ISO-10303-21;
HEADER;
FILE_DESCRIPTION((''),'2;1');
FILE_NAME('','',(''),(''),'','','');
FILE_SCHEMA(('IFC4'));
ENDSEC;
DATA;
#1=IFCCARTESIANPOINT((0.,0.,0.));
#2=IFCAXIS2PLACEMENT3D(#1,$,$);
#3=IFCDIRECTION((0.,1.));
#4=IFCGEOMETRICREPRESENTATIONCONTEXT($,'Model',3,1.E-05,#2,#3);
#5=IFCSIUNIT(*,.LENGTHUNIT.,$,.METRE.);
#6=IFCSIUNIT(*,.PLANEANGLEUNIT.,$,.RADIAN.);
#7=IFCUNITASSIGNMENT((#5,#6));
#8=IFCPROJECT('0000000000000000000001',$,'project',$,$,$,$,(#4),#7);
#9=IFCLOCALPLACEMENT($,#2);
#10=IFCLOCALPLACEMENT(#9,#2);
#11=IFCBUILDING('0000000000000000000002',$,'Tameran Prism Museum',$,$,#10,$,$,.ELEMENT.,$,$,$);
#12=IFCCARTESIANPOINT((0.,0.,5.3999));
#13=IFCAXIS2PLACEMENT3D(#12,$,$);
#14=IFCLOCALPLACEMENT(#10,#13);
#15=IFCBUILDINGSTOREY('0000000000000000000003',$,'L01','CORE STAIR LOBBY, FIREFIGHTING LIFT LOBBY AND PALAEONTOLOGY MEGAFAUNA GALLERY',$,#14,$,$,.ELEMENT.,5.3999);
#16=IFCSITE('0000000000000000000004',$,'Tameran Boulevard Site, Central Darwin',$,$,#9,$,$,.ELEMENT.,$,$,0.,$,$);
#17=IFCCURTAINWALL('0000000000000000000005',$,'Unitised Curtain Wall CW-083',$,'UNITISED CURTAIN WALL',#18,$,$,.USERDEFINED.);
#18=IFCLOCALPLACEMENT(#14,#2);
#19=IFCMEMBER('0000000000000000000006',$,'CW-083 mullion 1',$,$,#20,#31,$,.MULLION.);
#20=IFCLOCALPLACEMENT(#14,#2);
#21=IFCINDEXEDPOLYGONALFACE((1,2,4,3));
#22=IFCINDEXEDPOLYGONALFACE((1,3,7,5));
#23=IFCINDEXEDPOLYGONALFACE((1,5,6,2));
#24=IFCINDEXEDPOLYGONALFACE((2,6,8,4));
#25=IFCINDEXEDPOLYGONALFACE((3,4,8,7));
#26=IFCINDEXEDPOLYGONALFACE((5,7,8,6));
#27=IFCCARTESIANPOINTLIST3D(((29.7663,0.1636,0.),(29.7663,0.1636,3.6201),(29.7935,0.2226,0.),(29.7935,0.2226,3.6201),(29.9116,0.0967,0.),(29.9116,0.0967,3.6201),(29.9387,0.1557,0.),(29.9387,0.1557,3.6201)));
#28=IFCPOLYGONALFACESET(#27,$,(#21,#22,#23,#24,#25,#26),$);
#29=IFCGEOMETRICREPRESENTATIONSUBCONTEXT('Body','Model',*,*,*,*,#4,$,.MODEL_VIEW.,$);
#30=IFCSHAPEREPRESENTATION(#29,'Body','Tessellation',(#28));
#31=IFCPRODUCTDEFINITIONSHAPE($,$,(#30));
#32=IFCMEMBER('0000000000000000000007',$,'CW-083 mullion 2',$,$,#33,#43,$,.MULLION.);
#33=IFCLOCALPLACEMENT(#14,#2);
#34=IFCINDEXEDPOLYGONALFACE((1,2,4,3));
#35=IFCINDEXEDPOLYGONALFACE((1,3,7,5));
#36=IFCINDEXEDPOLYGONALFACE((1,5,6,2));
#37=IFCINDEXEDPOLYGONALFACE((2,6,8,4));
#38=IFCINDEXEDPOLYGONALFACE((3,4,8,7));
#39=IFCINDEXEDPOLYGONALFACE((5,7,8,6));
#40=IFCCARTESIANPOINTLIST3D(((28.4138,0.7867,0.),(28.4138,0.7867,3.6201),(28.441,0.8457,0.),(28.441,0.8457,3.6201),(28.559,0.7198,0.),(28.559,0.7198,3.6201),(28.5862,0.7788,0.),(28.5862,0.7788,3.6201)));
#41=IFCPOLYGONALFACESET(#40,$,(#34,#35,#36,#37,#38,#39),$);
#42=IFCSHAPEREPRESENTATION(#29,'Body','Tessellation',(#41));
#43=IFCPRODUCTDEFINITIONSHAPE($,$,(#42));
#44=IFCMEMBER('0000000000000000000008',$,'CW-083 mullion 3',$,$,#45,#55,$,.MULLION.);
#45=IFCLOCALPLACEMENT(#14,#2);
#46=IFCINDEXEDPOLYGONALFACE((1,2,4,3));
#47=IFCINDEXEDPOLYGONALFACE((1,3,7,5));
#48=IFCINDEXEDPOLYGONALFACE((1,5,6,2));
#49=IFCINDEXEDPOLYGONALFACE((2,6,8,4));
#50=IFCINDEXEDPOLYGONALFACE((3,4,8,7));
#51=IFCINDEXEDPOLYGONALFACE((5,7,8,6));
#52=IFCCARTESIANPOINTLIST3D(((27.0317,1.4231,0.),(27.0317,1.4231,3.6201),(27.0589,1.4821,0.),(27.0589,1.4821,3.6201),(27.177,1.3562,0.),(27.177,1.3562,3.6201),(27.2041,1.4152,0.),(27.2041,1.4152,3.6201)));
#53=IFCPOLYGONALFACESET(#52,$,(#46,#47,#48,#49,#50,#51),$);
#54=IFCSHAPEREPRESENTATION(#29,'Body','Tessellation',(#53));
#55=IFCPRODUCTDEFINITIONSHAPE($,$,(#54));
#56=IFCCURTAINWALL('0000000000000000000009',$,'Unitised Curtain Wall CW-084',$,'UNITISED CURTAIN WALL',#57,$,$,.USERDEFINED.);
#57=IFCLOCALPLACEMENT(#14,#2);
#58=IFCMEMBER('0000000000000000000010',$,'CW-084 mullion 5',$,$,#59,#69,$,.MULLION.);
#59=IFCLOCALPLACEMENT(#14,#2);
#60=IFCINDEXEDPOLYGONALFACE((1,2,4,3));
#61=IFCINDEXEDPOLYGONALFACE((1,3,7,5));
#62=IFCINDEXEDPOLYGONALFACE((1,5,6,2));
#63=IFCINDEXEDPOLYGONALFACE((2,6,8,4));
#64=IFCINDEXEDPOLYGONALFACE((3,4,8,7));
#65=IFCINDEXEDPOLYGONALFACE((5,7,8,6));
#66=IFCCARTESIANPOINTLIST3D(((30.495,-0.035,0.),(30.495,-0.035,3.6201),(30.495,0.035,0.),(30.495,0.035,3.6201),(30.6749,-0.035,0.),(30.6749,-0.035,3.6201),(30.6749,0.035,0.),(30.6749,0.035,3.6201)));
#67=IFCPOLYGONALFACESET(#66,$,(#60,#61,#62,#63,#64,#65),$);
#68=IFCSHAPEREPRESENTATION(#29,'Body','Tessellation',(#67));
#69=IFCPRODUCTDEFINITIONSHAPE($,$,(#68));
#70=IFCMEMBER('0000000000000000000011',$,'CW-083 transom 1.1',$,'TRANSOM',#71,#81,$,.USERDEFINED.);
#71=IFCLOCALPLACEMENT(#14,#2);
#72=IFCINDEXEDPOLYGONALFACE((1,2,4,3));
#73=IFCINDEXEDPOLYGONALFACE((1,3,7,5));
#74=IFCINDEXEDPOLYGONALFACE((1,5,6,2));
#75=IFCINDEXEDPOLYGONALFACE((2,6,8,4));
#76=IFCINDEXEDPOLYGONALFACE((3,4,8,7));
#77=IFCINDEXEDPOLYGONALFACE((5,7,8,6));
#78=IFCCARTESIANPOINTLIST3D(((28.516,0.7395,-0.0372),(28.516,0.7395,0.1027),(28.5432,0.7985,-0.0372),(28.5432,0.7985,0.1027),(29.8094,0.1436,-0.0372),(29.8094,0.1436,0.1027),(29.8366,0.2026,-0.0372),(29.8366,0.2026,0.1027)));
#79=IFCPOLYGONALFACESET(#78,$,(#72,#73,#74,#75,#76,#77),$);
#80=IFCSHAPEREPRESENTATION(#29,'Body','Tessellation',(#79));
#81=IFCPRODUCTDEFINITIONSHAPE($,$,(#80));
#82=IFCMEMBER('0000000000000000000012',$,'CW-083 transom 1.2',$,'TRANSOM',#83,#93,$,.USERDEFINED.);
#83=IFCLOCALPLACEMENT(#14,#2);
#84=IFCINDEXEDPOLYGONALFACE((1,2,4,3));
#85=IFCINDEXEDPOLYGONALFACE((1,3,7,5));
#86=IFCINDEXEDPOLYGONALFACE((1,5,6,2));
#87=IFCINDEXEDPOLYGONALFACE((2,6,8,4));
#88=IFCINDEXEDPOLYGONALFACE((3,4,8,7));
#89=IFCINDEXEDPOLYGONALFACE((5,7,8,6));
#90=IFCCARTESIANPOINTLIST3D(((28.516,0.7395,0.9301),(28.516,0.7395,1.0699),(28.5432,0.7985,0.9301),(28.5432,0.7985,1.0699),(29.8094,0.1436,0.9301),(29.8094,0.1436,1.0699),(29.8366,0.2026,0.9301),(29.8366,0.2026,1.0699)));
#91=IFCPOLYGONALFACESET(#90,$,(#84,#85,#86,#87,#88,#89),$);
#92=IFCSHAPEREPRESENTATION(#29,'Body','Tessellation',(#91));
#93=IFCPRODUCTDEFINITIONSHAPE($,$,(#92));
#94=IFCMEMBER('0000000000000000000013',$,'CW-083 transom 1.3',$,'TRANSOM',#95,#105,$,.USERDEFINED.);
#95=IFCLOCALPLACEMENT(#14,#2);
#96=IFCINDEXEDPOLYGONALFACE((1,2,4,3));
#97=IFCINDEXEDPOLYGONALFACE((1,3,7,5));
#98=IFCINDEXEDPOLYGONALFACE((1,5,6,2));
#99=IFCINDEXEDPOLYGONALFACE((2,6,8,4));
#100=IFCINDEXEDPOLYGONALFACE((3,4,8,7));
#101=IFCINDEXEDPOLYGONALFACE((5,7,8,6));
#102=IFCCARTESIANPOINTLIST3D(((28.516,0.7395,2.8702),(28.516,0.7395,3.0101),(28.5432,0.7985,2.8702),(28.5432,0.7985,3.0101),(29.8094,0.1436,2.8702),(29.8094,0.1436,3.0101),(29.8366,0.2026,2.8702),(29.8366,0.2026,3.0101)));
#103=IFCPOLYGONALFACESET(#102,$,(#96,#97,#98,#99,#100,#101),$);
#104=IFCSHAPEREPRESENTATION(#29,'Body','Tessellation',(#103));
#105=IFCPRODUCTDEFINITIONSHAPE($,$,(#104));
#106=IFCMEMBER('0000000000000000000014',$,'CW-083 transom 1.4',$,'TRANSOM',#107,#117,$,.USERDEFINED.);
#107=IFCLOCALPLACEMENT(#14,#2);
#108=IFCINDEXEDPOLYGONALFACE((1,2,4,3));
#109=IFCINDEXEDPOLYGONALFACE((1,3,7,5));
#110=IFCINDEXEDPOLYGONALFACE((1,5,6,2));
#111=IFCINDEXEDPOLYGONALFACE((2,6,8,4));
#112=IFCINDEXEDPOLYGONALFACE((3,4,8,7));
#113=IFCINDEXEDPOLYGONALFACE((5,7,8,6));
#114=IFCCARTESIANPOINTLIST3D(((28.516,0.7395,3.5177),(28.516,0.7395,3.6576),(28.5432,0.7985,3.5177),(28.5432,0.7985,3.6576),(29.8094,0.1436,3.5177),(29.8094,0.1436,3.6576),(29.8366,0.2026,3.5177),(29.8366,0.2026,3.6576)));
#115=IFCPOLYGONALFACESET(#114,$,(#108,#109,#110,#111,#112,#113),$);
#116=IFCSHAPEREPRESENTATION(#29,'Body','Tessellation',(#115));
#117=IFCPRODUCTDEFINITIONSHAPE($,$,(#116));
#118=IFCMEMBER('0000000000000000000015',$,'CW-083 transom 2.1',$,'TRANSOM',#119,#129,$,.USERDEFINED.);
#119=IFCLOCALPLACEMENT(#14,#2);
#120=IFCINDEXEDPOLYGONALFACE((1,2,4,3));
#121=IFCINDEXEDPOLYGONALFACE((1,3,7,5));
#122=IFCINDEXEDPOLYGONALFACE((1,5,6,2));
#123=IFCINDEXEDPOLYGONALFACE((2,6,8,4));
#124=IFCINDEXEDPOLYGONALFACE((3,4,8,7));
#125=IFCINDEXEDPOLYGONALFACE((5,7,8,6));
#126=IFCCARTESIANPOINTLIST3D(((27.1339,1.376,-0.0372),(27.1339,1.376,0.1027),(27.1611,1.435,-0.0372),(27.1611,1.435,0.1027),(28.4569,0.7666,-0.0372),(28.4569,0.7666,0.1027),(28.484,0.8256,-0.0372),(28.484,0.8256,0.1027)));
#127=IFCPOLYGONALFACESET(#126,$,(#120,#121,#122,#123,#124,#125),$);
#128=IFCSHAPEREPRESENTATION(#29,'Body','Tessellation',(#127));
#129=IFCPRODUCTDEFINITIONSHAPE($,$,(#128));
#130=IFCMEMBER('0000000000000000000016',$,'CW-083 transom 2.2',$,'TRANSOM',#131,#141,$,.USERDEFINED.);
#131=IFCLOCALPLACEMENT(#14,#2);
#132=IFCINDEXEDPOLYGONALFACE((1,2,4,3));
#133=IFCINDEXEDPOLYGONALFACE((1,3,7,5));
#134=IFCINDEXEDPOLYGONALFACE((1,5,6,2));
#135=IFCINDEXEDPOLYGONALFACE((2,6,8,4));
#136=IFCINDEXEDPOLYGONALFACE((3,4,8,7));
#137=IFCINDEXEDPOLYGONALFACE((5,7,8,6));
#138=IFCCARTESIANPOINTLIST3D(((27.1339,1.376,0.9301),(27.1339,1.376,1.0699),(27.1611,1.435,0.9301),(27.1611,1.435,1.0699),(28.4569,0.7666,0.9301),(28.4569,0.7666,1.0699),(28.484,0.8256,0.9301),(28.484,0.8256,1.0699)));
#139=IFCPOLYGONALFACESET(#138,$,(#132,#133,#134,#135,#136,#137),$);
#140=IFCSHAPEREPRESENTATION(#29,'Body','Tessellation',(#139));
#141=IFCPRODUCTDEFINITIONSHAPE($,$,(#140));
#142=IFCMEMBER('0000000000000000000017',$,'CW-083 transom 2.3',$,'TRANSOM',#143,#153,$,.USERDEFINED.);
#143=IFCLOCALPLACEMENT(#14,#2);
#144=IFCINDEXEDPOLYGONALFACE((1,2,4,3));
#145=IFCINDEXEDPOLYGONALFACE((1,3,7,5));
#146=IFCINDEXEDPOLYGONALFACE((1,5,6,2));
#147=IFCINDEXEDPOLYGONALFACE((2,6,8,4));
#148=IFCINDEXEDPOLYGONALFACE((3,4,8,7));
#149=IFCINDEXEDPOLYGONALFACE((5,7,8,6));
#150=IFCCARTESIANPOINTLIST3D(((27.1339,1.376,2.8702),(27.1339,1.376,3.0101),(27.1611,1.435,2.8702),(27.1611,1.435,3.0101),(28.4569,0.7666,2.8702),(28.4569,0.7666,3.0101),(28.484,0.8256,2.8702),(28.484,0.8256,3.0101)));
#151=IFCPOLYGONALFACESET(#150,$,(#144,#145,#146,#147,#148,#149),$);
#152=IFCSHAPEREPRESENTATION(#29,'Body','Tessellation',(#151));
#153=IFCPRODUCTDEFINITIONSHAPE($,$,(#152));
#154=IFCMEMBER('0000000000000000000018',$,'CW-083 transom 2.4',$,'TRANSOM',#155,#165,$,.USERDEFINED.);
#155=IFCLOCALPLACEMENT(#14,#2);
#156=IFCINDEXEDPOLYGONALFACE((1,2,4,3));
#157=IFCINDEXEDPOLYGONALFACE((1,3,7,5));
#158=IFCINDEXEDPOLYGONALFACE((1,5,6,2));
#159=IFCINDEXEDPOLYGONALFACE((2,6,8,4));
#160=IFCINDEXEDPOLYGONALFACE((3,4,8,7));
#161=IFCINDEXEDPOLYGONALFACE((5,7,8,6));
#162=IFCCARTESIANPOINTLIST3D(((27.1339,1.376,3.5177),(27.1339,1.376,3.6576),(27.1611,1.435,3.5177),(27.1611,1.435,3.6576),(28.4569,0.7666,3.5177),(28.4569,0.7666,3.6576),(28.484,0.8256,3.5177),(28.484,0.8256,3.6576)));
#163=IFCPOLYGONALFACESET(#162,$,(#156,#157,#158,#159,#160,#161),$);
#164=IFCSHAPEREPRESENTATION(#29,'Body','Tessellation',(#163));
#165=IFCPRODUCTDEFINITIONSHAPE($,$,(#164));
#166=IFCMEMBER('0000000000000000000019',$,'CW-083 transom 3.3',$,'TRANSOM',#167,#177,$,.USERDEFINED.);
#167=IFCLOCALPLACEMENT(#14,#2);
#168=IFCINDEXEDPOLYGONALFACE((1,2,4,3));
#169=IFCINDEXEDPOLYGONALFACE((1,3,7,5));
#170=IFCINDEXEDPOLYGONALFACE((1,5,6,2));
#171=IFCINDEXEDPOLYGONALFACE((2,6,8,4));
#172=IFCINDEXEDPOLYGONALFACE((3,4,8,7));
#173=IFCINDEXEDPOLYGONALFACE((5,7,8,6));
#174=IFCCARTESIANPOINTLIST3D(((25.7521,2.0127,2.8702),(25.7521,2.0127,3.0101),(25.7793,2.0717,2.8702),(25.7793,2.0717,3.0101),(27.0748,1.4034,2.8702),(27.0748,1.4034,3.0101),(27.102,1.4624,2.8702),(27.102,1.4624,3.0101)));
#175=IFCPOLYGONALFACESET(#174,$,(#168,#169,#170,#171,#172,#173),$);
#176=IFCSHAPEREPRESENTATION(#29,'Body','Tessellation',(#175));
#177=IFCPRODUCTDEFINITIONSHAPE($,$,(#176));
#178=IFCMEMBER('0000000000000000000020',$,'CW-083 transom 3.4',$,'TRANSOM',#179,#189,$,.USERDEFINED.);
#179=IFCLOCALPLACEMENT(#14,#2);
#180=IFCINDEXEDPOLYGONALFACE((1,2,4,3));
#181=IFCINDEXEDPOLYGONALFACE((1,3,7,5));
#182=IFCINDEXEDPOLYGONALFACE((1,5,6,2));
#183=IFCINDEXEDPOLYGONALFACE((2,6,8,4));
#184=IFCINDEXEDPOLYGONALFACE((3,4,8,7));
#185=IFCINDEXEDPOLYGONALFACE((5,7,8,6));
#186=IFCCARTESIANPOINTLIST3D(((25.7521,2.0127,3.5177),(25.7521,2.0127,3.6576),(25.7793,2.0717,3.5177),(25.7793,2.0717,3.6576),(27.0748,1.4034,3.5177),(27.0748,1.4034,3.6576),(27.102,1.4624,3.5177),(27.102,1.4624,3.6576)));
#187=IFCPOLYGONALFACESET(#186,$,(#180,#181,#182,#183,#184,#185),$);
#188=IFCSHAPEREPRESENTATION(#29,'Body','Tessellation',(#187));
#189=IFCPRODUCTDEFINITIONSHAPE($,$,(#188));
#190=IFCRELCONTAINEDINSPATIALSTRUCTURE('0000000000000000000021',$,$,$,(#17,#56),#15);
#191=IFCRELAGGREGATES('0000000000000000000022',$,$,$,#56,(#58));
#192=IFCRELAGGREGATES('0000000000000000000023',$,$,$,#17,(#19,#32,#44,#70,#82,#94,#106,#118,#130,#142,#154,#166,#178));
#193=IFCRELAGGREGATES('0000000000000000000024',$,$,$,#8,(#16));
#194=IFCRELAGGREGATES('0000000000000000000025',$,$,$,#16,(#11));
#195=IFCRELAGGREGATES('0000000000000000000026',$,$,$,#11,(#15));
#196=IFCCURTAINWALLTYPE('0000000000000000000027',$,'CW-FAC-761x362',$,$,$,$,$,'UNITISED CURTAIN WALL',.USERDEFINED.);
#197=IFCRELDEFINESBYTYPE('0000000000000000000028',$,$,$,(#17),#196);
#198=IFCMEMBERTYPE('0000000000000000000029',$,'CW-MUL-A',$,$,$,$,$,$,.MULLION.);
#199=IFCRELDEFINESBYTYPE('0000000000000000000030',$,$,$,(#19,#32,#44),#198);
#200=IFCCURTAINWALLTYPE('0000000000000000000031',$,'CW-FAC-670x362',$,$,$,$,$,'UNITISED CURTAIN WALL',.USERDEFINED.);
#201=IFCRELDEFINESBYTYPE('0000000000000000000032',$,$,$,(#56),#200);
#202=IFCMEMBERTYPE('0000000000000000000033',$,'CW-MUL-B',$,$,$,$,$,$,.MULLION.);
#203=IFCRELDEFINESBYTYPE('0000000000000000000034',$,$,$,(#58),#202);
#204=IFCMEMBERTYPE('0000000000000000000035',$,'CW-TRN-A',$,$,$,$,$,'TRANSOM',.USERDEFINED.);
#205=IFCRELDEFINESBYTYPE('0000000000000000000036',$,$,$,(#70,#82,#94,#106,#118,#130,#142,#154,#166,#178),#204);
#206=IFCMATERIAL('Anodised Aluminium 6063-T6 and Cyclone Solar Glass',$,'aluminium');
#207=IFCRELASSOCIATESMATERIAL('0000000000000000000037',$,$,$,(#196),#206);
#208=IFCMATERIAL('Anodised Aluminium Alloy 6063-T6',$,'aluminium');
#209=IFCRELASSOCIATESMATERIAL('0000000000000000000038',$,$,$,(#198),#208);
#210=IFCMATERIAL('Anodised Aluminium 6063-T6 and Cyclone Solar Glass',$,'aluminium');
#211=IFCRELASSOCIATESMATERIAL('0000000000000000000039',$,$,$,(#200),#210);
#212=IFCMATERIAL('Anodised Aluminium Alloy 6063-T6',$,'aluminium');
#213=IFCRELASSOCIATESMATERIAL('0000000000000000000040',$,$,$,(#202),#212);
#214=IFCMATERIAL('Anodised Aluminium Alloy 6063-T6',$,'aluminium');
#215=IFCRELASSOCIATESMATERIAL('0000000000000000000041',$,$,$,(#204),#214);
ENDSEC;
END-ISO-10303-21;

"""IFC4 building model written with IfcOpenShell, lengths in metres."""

from ifc_helpers import new_model, si_unit, direction, frame, origin, origin_2d, place, context, subcontext, project, spatial, rectangle, extrude, material, material_profile, profile_set, type_object, element, aggregate, save


model = new_model("IFC4")

# Units and contexts
model_context = context("Model", 3, precision=1e-05, world=origin(), true_north=direction((0.0, 1.0)))
body_context = subcontext(model_context, "Body", "Model", "MODEL_VIEW")
ifc_project = project(units=[si_unit("LENGTHUNIT", "METRE"), si_unit("PLANEANGLEUNIT", "RADIAN")], contexts=[model_context])

# Site, building, storey
site_placement = place(None, origin())
site = spatial("IfcSite", under=ifc_project, at=site_placement, Name="Tameran Boulevard Site, Central Darwin", CompositionType="ELEMENT", RefElevation=0.0)
building_placement = place(site_placement, origin())
building = spatial("IfcBuilding", under=site, at=building_placement, Name="Tameran Prism Museum", CompositionType="ELEMENT")
storey_placement = place(building_placement, frame((0.0, 0.0, 5.3999)))
storey = spatial("IfcBuildingStorey", under=building, at=storey_placement, Name="L01", Description="CORE STAIR LOBBY, FIREFIGHTING LIFT LOBBY AND PALAEONTOLOGY MEGAFAUNA GALLERY", CompositionType="ELEMENT", Elevation=5.3999)

# Curtain wall, members
ifc_material_1 = material(Name="Anodised Aluminium 6063-T6 and Cyclone Solar Glass", Category="aluminium")
curtain_wall_type_1 = type_object("IfcCurtainWallType", Name="CW-FAC-761x362", ElementType="UNITISED CURTAIN WALL", PredefinedType="USERDEFINED", material=ifc_material_1)
curtain_wall_1_placement = place(storey_placement, origin())
curtain_wall_1 = element("IfcCurtainWall", 1, at=curtain_wall_1_placement, inside=storey, type_object=curtain_wall_type_1, Name="Unitised Curtain Wall CW-083", ObjectType="UNITISED CURTAIN WALL", PredefinedType="USERDEFINED")
ifc_material_2 = material(Name="Anodised Aluminium Alloy 6063-T6", Category="aluminium")
ifc_material_profile_1 = material_profile(ifc_material_2, rectangle(XDim=0.0649, YDim=0.1599, at=origin_2d()))
ifc_profile_set_1 = profile_set([ifc_material_profile_1])
member_type_1 = type_object("IfcMemberType", Name="CW-MUL-A", PredefinedType="MULLION", material=ifc_profile_set_1)
member_1_placement = place(storey_placement, frame((29.8525, 0.1597, 0.0), z_axis=(0.0, 0.0, 1.0), x_axis=(-0.418383, -0.908271, 0.0)))
member_1 = element("IfcMember", 2, at=member_1_placement, type_object=member_type_1, Name="CW-083 mullion 1", PredefinedType="MULLION", context=body_context, shape_type="SweptSolid", body=[
    extrude(rectangle(XDim=0.0649, YDim=0.1599, at=origin_2d()), origin(), (0.0, 0.0, 1.0), 3.6201),
])
member_2_placement = place(storey_placement, frame((28.5, 0.7827, 0.0), z_axis=(0.0, 0.0, 1.0), x_axis=(-0.418383, -0.908271, 0.0)))
member_2 = element("IfcMember", 3, at=member_2_placement, type_object=member_type_1, Name="CW-083 mullion 2", PredefinedType="MULLION", context=body_context, shape_type="SweptSolid", body=[
    extrude(rectangle(XDim=0.0649, YDim=0.1599, at=origin_2d()), origin(), (0.0, 0.0, 1.0), 3.6201),
])
member_3_placement = place(storey_placement, frame((27.1179, 1.4192, 0.0), z_axis=(0.0, 0.0, 1.0), x_axis=(-0.418383, -0.908271, 0.0)))
member_3 = element("IfcMember", 4, at=member_3_placement, type_object=member_type_1, Name="CW-083 mullion 3", PredefinedType="MULLION", context=body_context, shape_type="SweptSolid", body=[
    extrude(rectangle(XDim=0.0649, YDim=0.1599, at=origin_2d()), origin(), (0.0, 0.0, 1.0), 3.6201),
])

# Curtain wall, member
ifc_material_3 = material(Name="Anodised Aluminium 6063-T6 and Cyclone Solar Glass", Category="aluminium")
curtain_wall_type_2 = type_object("IfcCurtainWallType", Name="CW-FAC-670x362", ElementType="UNITISED CURTAIN WALL", PredefinedType="USERDEFINED", material=ifc_material_3)
curtain_wall_2_placement = place(storey_placement, origin())
curtain_wall_2 = element("IfcCurtainWall", 5, at=curtain_wall_2_placement, inside=storey, type_object=curtain_wall_type_2, Name="Unitised Curtain Wall CW-084", ObjectType="UNITISED CURTAIN WALL", PredefinedType="USERDEFINED")
ifc_material_4 = material(Name="Anodised Aluminium Alloy 6063-T6", Category="aluminium")
ifc_material_profile_2 = material_profile(ifc_material_4, rectangle(XDim=0.0701, YDim=0.1799, at=origin_2d()))
ifc_profile_set_2 = profile_set([ifc_material_profile_2])
member_type_2 = type_object("IfcMemberType", Name="CW-MUL-B", PredefinedType="MULLION", material=ifc_profile_set_2)
member_4_placement = place(storey_placement, frame((30.585, 0.0, 0.0), z_axis=(0.0, 0.0, 1.0), x_axis=(0.0, -1.0, 0.0)))
member_4 = element("IfcMember", 6, at=member_4_placement, type_object=member_type_2, Name="CW-084 mullion 5", PredefinedType="MULLION", context=body_context, shape_type="SweptSolid", body=[
    extrude(rectangle(XDim=0.0701, YDim=0.1799, at=origin_2d()), origin(), (0.0, 0.0, 1.0), 3.6201),
])

# Members
ifc_material_5 = material(Name="Anodised Aluminium Alloy 6063-T6", Category="aluminium")
ifc_material_profile_3 = material_profile(ifc_material_5, rectangle(XDim=0.0649, YDim=0.1399, at=origin_2d()))
ifc_profile_set_3 = profile_set([ifc_material_profile_3])
member_type_3 = type_object("IfcMemberType", Name="CW-TRN-A", ElementType="TRANSOM", PredefinedType="USERDEFINED", material=ifc_profile_set_3)
member_5_placement = place(storey_placement, frame((29.823, 0.1731, 0.0327), z_axis=(-0.908235, 0.41846, 0.0), x_axis=(-0.41846, -0.908235, 0.0)))
member_5 = element("IfcMember", 7, at=member_5_placement, type_object=member_type_3, Name="CW-083 transom 1.1", ObjectType="TRANSOM", PredefinedType="USERDEFINED", context=body_context, shape_type="SweptSolid", body=[
    extrude(rectangle(XDim=0.0649, YDim=0.1399, at=origin_2d()), origin(), (0.0, 0.0, 1.0), 1.4241),
])
member_6_placement = place(storey_placement, frame((29.823, 0.1731, 1.0), z_axis=(-0.908235, 0.41846, 0.0), x_axis=(-0.41846, -0.908235, 0.0)))
member_6 = element("IfcMember", 8, at=member_6_placement, type_object=member_type_3, Name="CW-083 transom 1.2", ObjectType="TRANSOM", PredefinedType="USERDEFINED", context=body_context, shape_type="SweptSolid", body=[
    extrude(rectangle(XDim=0.0649, YDim=0.1399, at=origin_2d()), origin(), (0.0, 0.0, 1.0), 1.4241),
])
member_7_placement = place(storey_placement, frame((29.823, 0.1731, 2.9402), z_axis=(-0.908235, 0.41846, 0.0), x_axis=(-0.41846, -0.908235, 0.0)))
member_7 = element("IfcMember", 9, at=member_7_placement, type_object=member_type_3, Name="CW-083 transom 1.3", ObjectType="TRANSOM", PredefinedType="USERDEFINED", context=body_context, shape_type="SweptSolid", body=[
    extrude(rectangle(XDim=0.0649, YDim=0.1399, at=origin_2d()), origin(), (0.0, 0.0, 1.0), 1.4241),
])
member_8_placement = place(storey_placement, frame((29.823, 0.1731, 3.5876), z_axis=(-0.908235, 0.41846, 0.0), x_axis=(-0.41846, -0.908235, 0.0)))
member_8 = element("IfcMember", 10, at=member_8_placement, type_object=member_type_3, Name="CW-083 transom 1.4", ObjectType="TRANSOM", PredefinedType="USERDEFINED", context=body_context, shape_type="SweptSolid", body=[
    extrude(rectangle(XDim=0.0649, YDim=0.1399, at=origin_2d()), origin(), (0.0, 0.0, 1.0), 1.4241),
])
member_9_placement = place(storey_placement, frame((28.4705, 0.7961, 0.0327), z_axis=(-0.908283, 0.418357, 0.0), x_axis=(-0.418357, -0.908283, 0.0)))
member_9 = element("IfcMember", 11, at=member_9_placement, type_object=member_type_3, Name="CW-083 transom 2.1", ObjectType="TRANSOM", PredefinedType="USERDEFINED", context=body_context, shape_type="SweptSolid", body=[
    extrude(rectangle(XDim=0.0649, YDim=0.1399, at=origin_2d()), origin(), (0.0, 0.0, 1.0), 1.4565),
])
member_10_placement = place(storey_placement, frame((28.4705, 0.7961, 1.0), z_axis=(-0.908283, 0.418357, 0.0), x_axis=(-0.418357, -0.908283, 0.0)))
member_10 = element("IfcMember", 12, at=member_10_placement, type_object=member_type_3, Name="CW-083 transom 2.2", ObjectType="TRANSOM", PredefinedType="USERDEFINED", context=body_context, shape_type="SweptSolid", body=[
    extrude(rectangle(XDim=0.0649, YDim=0.1399, at=origin_2d()), origin(), (0.0, 0.0, 1.0), 1.4565),
])
member_11_placement = place(storey_placement, frame((28.4705, 0.7961, 2.9402), z_axis=(-0.908283, 0.418357, 0.0), x_axis=(-0.418357, -0.908283, 0.0)))
member_11 = element("IfcMember", 13, at=member_11_placement, type_object=member_type_3, Name="CW-083 transom 2.3", ObjectType="TRANSOM", PredefinedType="USERDEFINED", context=body_context, shape_type="SweptSolid", body=[
    extrude(rectangle(XDim=0.0649, YDim=0.1399, at=origin_2d()), origin(), (0.0, 0.0, 1.0), 1.4565),
])
member_12_placement = place(storey_placement, frame((28.4705, 0.7961, 3.5876), z_axis=(-0.908283, 0.418357, 0.0), x_axis=(-0.418357, -0.908283, 0.0)))
member_12 = element("IfcMember", 14, at=member_12_placement, type_object=member_type_3, Name="CW-083 transom 2.4", ObjectType="TRANSOM", PredefinedType="USERDEFINED", context=body_context, shape_type="SweptSolid", body=[
    extrude(rectangle(XDim=0.0649, YDim=0.1399, at=origin_2d()), origin(), (0.0, 0.0, 1.0), 1.4565),
])
member_13_placement = place(storey_placement, frame((27.0884, 1.4329, 2.9402), z_axis=(-0.908254, 0.41842, 0.0), x_axis=(-0.41842, -0.908254, 0.0)))
member_13 = element("IfcMember", 15, at=member_13_placement, type_object=member_type_3, Name="CW-083 transom 3.3", ObjectType="TRANSOM", PredefinedType="USERDEFINED", context=body_context, shape_type="SweptSolid", body=[
    extrude(rectangle(XDim=0.0649, YDim=0.1399, at=origin_2d()), origin(), (0.0, 0.0, 1.0), 1.4563),
])
member_14_placement = place(storey_placement, frame((27.0884, 1.4329, 3.5876), z_axis=(-0.908254, 0.41842, 0.0), x_axis=(-0.41842, -0.908254, 0.0)))
member_14 = element("IfcMember", 16, at=member_14_placement, type_object=member_type_3, Name="CW-083 transom 3.4", ObjectType="TRANSOM", PredefinedType="USERDEFINED", context=body_context, shape_type="SweptSolid", body=[
    extrude(rectangle(XDim=0.0649, YDim=0.1399, at=origin_2d()), origin(), (0.0, 0.0, 1.0), 1.4563),
])

aggregate(curtain_wall_2, [member_4])
aggregate(curtain_wall_1, [member_1, member_2, member_3, member_5, member_6, member_7, member_8, member_9, member_10, member_11, member_12, member_13, member_14])

save(model, "model.ifc")
